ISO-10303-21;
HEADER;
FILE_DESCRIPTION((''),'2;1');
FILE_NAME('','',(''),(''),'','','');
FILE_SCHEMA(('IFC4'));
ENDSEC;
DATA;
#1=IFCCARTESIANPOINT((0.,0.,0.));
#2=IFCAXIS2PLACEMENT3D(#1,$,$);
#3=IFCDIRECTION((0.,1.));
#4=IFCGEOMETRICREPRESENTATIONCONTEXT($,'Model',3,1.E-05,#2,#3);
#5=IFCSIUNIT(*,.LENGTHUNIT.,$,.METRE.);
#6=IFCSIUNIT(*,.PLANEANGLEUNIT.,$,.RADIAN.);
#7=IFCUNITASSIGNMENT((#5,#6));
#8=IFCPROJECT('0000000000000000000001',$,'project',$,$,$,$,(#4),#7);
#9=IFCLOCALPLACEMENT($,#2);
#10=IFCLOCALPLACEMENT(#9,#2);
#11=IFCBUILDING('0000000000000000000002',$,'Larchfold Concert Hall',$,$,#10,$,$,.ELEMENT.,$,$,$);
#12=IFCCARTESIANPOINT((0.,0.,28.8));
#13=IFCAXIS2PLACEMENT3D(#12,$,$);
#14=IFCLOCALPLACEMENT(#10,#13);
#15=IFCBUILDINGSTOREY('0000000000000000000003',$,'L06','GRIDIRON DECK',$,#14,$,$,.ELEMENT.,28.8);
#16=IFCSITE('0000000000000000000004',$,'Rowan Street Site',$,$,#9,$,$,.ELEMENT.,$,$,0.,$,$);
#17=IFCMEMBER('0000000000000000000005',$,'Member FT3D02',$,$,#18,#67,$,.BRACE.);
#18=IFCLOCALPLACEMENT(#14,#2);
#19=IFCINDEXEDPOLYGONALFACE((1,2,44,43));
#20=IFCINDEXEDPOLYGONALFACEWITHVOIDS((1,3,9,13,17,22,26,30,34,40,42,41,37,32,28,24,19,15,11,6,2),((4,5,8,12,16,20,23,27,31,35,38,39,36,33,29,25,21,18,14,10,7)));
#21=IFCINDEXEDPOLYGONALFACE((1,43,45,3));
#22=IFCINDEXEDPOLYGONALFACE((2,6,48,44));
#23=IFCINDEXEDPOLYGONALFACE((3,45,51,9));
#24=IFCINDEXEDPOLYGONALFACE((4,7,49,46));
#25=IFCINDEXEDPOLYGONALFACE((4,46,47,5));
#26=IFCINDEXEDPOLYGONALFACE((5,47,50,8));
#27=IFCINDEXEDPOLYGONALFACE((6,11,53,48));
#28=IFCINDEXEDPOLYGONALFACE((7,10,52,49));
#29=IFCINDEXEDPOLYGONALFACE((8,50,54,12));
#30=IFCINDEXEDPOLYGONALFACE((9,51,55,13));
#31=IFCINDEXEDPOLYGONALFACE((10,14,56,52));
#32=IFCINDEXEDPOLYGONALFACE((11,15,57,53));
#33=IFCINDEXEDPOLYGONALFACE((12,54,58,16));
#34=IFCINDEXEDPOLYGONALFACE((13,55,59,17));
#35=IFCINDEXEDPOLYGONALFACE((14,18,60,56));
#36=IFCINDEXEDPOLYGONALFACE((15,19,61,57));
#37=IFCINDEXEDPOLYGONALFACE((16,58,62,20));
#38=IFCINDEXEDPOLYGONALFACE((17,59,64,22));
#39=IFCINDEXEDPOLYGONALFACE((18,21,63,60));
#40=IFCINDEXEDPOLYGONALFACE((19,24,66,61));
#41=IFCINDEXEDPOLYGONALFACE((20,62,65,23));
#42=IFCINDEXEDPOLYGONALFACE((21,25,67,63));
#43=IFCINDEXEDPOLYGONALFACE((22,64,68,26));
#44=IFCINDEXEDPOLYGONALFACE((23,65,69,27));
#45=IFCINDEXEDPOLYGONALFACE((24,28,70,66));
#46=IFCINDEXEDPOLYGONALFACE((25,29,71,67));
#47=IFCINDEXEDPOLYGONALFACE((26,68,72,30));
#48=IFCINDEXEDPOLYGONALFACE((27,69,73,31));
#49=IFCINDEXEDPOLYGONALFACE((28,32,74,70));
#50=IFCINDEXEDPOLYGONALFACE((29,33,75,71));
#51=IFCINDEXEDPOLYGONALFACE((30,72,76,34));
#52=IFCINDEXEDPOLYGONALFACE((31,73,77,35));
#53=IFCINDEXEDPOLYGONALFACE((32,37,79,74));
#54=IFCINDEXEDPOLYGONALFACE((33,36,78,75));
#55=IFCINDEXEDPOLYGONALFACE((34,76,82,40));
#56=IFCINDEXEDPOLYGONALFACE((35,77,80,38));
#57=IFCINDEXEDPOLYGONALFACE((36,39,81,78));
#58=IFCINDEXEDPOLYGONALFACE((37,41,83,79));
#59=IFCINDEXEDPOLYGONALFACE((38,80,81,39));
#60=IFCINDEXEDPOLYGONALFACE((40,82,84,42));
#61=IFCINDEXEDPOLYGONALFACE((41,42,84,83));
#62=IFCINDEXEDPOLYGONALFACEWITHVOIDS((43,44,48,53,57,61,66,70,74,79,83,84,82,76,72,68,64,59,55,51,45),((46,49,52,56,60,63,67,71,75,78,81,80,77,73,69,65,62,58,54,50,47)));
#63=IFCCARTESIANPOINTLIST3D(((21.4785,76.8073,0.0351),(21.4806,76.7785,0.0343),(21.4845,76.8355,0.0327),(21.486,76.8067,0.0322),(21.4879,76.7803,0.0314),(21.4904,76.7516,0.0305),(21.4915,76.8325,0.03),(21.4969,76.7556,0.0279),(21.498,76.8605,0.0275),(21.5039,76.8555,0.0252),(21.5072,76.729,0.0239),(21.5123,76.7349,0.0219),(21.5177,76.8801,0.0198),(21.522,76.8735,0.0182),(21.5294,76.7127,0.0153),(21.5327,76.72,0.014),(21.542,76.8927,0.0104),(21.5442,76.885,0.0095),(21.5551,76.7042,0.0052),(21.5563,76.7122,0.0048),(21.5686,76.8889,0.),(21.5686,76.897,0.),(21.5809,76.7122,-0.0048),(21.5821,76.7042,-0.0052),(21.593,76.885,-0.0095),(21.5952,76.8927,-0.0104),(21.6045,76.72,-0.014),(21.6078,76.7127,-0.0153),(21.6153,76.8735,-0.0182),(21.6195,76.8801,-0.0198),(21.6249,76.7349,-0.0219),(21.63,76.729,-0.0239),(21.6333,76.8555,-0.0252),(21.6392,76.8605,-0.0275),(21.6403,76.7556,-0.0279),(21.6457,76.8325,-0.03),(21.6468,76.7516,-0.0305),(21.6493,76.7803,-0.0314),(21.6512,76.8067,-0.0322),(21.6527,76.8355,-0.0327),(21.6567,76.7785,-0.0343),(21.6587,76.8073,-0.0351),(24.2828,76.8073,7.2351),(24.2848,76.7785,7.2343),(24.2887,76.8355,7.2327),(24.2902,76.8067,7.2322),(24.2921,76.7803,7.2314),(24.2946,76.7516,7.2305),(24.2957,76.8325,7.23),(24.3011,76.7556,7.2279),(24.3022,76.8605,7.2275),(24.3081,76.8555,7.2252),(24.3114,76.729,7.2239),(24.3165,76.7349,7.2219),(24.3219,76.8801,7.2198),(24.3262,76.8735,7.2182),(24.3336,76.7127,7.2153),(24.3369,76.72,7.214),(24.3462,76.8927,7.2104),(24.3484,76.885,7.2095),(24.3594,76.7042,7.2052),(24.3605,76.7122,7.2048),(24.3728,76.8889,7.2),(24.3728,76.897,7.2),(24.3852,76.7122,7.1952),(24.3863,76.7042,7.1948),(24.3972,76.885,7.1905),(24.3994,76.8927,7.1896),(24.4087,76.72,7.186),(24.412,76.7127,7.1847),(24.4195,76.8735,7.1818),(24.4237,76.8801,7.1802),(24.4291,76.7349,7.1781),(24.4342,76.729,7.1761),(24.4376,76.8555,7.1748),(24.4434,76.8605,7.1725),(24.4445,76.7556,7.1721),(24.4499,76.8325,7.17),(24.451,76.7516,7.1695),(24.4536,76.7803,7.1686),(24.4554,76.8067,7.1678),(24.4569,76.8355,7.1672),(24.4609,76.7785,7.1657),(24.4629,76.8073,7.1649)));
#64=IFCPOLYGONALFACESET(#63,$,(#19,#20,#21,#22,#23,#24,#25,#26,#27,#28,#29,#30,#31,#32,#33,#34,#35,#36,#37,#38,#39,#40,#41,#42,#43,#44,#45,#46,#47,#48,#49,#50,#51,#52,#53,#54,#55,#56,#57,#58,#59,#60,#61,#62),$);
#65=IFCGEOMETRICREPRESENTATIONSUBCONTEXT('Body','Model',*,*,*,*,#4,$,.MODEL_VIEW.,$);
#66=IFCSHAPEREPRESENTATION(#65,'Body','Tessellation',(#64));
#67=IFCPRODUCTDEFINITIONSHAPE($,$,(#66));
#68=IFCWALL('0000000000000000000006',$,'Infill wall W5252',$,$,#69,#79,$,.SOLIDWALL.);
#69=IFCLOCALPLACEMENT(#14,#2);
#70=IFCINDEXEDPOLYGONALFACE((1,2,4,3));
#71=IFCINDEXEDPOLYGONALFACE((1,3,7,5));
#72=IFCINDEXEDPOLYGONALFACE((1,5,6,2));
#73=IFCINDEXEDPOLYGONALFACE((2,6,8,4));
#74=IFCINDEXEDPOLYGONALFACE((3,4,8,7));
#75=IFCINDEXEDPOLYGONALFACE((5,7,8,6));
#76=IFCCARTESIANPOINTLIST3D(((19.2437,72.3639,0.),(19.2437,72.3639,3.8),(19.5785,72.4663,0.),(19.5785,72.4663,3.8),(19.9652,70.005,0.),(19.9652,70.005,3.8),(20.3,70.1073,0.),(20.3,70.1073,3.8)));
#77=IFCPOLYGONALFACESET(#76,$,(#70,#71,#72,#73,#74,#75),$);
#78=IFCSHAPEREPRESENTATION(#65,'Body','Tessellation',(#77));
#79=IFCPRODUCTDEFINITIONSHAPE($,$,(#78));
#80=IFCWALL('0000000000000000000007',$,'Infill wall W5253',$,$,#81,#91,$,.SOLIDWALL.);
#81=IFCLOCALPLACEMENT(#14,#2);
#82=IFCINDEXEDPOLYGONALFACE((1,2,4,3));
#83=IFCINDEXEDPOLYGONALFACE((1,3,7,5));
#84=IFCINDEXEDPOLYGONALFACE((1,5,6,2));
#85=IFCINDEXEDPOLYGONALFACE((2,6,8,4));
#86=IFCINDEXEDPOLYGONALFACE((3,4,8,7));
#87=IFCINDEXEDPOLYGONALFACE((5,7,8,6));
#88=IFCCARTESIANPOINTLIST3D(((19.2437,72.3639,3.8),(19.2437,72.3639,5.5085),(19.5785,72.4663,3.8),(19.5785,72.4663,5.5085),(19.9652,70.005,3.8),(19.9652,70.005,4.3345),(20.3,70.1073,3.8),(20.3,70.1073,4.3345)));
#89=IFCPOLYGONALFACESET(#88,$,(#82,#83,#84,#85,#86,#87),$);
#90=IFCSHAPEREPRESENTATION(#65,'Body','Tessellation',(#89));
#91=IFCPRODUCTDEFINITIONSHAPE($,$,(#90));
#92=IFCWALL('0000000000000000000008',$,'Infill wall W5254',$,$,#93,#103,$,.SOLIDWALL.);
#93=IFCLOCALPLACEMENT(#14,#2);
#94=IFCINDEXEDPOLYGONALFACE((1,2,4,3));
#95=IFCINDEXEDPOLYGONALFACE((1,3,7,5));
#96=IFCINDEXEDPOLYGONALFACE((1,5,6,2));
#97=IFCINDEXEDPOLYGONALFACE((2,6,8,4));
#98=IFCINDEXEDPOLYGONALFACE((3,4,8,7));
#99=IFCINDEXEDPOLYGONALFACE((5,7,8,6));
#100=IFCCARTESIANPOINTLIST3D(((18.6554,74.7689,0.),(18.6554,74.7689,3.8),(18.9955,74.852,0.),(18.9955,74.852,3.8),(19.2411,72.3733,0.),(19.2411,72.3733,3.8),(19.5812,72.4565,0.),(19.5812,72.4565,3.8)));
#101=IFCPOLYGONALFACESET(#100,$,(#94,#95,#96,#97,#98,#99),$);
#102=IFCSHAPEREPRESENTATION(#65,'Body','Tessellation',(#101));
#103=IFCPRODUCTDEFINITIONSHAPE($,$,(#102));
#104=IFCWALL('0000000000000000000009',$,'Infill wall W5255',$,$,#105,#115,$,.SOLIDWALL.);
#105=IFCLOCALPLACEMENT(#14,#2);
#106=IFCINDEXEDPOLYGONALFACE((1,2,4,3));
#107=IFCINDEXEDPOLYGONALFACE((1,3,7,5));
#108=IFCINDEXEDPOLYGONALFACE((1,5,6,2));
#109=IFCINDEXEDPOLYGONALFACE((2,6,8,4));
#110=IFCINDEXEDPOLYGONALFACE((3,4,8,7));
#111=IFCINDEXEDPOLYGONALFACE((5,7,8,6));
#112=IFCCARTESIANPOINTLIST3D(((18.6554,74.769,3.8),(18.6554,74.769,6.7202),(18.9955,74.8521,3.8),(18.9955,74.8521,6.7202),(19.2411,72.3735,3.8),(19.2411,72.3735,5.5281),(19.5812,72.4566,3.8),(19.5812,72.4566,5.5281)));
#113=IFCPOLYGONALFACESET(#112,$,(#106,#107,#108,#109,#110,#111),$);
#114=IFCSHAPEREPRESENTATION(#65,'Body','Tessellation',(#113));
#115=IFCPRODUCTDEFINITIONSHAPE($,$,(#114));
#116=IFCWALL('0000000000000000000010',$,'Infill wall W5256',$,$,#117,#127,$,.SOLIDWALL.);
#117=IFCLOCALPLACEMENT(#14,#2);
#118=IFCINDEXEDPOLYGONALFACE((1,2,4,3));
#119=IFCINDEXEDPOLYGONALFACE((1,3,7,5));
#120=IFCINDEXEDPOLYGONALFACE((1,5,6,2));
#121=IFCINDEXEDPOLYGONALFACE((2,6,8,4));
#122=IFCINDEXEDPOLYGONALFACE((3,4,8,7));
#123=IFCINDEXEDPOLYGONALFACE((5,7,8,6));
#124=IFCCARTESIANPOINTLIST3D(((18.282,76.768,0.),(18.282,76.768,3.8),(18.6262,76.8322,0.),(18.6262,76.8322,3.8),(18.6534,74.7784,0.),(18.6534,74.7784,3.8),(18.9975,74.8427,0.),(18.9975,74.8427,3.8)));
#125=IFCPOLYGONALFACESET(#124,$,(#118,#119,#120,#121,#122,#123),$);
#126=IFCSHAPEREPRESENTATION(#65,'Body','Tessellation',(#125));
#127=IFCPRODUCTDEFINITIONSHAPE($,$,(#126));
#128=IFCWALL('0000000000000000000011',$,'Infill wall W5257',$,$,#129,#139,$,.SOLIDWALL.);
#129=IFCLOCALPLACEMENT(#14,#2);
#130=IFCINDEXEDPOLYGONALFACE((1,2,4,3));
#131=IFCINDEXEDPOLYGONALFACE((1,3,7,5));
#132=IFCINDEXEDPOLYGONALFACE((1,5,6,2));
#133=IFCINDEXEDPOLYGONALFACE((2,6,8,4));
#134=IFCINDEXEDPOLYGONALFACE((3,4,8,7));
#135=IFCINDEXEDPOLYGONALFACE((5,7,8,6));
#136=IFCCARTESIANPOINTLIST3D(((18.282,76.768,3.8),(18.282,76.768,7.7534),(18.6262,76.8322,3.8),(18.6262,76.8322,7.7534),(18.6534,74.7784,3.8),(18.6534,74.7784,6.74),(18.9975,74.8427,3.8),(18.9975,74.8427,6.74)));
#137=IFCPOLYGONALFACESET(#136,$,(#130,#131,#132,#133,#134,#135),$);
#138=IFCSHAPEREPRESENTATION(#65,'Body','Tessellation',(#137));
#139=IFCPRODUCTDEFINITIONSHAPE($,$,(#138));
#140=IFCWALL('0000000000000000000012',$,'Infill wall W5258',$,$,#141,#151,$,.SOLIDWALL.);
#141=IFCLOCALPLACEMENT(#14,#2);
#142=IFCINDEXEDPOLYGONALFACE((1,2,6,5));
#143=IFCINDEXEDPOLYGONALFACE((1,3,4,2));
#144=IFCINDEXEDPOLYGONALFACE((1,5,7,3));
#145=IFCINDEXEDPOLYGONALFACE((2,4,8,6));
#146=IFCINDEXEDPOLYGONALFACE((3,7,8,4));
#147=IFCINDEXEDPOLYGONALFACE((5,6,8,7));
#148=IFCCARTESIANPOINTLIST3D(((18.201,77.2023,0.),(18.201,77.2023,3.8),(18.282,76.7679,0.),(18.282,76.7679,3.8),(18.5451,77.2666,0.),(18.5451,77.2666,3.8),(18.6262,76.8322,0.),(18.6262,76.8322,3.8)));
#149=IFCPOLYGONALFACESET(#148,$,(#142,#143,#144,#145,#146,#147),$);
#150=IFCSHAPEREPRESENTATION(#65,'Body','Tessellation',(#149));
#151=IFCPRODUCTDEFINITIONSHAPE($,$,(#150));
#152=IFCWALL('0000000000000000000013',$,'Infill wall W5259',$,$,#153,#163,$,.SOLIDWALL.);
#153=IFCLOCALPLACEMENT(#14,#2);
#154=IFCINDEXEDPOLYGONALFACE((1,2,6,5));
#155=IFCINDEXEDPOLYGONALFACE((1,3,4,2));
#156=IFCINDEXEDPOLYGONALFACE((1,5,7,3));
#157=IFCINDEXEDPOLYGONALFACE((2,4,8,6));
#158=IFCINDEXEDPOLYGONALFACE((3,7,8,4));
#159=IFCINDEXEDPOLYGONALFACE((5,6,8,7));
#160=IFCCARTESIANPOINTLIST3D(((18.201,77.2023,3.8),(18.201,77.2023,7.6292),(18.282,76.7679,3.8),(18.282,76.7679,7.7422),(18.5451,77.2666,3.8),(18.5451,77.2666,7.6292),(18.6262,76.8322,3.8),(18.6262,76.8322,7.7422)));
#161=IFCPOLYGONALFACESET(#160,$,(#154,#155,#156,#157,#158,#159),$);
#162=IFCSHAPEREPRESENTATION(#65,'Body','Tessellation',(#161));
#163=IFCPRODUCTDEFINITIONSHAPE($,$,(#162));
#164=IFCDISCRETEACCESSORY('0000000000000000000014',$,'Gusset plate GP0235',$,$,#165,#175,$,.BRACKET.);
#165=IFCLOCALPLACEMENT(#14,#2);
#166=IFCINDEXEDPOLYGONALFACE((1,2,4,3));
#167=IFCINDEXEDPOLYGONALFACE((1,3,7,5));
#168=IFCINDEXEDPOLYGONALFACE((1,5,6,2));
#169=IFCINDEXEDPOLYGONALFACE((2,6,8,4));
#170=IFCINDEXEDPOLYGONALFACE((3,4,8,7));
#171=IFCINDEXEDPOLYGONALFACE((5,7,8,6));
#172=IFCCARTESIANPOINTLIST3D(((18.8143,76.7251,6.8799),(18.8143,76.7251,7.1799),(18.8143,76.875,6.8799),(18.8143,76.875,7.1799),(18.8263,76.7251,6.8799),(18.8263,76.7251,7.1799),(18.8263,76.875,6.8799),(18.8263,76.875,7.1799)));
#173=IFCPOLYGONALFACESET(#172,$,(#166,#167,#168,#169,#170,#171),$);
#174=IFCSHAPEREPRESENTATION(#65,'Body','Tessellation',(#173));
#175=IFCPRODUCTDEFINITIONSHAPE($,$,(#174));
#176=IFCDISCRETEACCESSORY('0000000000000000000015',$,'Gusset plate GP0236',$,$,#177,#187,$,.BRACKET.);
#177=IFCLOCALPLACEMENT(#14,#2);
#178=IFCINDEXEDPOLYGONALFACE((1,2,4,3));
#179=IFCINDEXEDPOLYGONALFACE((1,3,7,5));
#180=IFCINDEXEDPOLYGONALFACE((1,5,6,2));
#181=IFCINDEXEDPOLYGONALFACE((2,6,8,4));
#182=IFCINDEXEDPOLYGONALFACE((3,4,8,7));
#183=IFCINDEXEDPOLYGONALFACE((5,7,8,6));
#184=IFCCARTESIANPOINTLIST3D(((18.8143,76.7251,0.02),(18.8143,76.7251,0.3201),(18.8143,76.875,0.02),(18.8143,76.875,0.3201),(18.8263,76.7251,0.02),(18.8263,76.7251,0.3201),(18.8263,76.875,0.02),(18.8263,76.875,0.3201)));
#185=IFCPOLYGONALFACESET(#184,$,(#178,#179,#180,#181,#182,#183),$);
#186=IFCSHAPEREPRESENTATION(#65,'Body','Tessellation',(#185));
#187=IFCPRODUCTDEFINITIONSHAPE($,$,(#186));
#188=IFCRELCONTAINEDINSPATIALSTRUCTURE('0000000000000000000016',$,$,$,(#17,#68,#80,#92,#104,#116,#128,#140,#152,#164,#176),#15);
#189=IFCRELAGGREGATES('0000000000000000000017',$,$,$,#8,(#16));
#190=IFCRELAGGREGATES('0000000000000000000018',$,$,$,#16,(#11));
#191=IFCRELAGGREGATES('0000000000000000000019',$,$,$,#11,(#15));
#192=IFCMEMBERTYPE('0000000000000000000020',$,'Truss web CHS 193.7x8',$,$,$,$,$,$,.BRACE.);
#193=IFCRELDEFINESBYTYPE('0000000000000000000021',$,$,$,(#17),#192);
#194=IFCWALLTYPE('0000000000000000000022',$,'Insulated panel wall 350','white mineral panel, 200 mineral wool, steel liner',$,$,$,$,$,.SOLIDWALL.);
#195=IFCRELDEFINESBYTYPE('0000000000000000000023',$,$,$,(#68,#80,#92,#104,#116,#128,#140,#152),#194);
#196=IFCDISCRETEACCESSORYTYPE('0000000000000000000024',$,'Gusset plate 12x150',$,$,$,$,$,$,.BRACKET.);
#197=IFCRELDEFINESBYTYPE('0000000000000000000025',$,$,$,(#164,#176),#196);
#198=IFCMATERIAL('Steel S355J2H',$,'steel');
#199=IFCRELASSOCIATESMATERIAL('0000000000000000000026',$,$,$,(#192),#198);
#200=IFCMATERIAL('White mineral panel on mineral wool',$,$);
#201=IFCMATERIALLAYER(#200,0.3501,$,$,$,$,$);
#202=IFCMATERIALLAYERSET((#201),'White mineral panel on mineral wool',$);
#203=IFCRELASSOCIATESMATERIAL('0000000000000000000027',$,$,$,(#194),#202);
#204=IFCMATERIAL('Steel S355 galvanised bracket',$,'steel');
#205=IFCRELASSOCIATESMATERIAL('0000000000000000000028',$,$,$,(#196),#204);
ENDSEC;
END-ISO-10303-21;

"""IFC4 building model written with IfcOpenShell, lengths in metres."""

from ifc_helpers import new_model, si_unit, direction, frame, frame_2d, origin, origin_2d, place, context, subcontext, project, spatial, polyline, rectangle, hollow_circle, outline, extrude, material, layer, layer_set, material_profile, profile_set, type_object, element, save


model = new_model("IFC4")

# Units and contexts
model_context = context("Model", 3, precision=1e-05, world=origin(), true_north=direction((0.0, 1.0)))
body_context = subcontext(model_context, "Body", "Model", "MODEL_VIEW")
ifc_project = project(units=[si_unit("LENGTHUNIT", "METRE"), si_unit("PLANEANGLEUNIT", "RADIAN")], contexts=[model_context])

# Site, building, storey
site_placement = place(None, origin())
site = spatial("IfcSite", under=ifc_project, at=site_placement, Name="Rowan Street Site", CompositionType="ELEMENT", RefElevation=0.0)
building_placement = place(site_placement, origin())
building = spatial("IfcBuilding", under=site, at=building_placement, Name="Larchfold Concert Hall", CompositionType="ELEMENT")
storey_placement = place(building_placement, frame((0.0, 0.0, 28.8)))
storey = spatial("IfcBuildingStorey", under=building, at=storey_placement, Name="L06", Description="GRIDIRON DECK", CompositionType="ELEMENT", Elevation=28.8)

# Member
ifc_material_1 = material(Name="Steel S355J2H", Category="steel")
ifc_material_profile_1 = material_profile(ifc_material_1, hollow_circle(Radius=0.0969, WallThickness=0.0081, at=origin_2d()))
ifc_profile_set_1 = profile_set([ifc_material_profile_1], Name="Steel S355J2H")
member_type_1 = type_object("IfcMemberType", Name="Truss web CHS 193.7x8", PredefinedType="BRACE", material=ifc_profile_set_1)
for number, where, z_axis, x_axis, name in (
    (1, (21.5686, 76.8, 0.0), (0.36292, 0.0, 0.93182), (0.0, 1.0, 0.0), "Member FT3D02"),
):
    element("IfcMember", number, at=place(storey_placement, frame(where, z_axis=z_axis, x_axis=x_axis)), inside=storey, type_object=member_type_1, Name=name, PredefinedType="BRACE", context=body_context, shape_type="SweptSolid", body=[
        extrude(hollow_circle(Radius=0.0969, WallThickness=0.0081, at=origin_2d()), origin(), (0.0, 0.0, 1.0), 7.7268),
    ])

# Walls
ifc_material_2 = material(Name="White mineral panel on mineral wool")
ifc_layer = layer(ifc_material_2, 0.3501)
ifc_layer_set = layer_set([ifc_layer], Name="White mineral panel on mineral wool")
wall_type = type_object("IfcWallType", Name="Insulated panel wall 350", Description="white mineral panel, 200 mineral wool, steel liner", PredefinedType="SOLIDWALL", material=ifc_layer_set)
wall_1_placement = place(storey_placement, frame((20.1326, 70.0562, 0.0), z_axis=(0.0, 0.0, 1.0), x_axis=(-0.292465, 0.956276, 0.0)))
element("IfcWall", 2, at=wall_1_placement, inside=storey, type_object=wall_type, Name="Infill wall W5252", PredefinedType="SOLIDWALL", context=body_context, shape_type="SweptSolid", body=[
    extrude(rectangle(XDim=2.4668, YDim=0.3501, at=frame_2d((1.2334, 0.0))), origin(), (0.0, 0.0, 1.0), 3.8),
])
wall_2_placement = place(storey_placement, frame((20.1326, 70.0562, 3.8), z_axis=(0.0, 0.0, 1.0), x_axis=(-0.292465, 0.956276, 0.0)))
element("IfcWall", 3, at=wall_2_placement, inside=storey, type_object=wall_type, Name="Infill wall W5253", PredefinedType="SOLIDWALL", context=body_context, shape_type="SweptSolid", body=[
    extrude(outline(polyline([(0.0, 0.0), (2.4668, 0.0), (2.4668, 1.7085), (0.0, 0.5344), (0.0, 0.0)])), frame((0.0, 0.175, 0.0), z_axis=(0.0, -1.0, 0.0), x_axis=(1.0, 0.0, 0.0)), (0.0, 0.0, 1.0), 0.3501),
])
wall_3_placement = place(storey_placement, frame((19.4111, 72.415, 0.0), z_axis=(0.0, 0.0, 1.0), x_axis=(-0.237501, 0.971387, 0.0)))
element("IfcWall", 4, at=wall_3_placement, inside=storey, type_object=wall_type, Name="Infill wall W5254", PredefinedType="SOLIDWALL", context=body_context, shape_type="SweptSolid", body=[
    extrude(rectangle(XDim=2.4661, YDim=0.3501, at=frame_2d((1.2329, 0.0))), origin(), (0.0, 0.0, 1.0), 3.8),
])
wall_4_placement = place(storey_placement, frame((19.4111, 72.415, 3.8), z_axis=(0.0, 0.0, 1.0), x_axis=(-0.237501, 0.971387, 0.0)))
element("IfcWall", 5, at=wall_4_placement, inside=storey, type_object=wall_type, Name="Infill wall W5255", PredefinedType="SOLIDWALL", context=body_context, shape_type="SweptSolid", body=[
    extrude(outline(polyline([(0.0, 0.0), (2.4661, 0.0), (2.4661, 2.9202), (0.0, 1.728), (0.0, 0.0)])), frame((0.0, 0.175, 0.0), z_axis=(0.0, -1.0, 0.0), x_axis=(1.0, 0.0, 0.0)), (0.0, 0.0, 1.0), 0.3501),
])
wall_5_placement = place(storey_placement, frame((18.8254, 74.8105, 0.0), z_axis=(0.0, 0.0, 1.0), x_axis=(-0.18348, 0.983023, 0.0)))
element("IfcWall", 6, at=wall_5_placement, inside=storey, type_object=wall_type, Name="Infill wall W5256", PredefinedType="SOLIDWALL", context=body_context, shape_type="SweptSolid", body=[
    extrude(rectangle(XDim=2.0239, YDim=0.3501, at=frame_2d((1.012, 0.0))), origin(), (0.0, 0.0, 1.0), 3.8),
])
wall_6_placement = place(storey_placement, frame((18.8254, 74.8105, 3.8), z_axis=(0.0, 0.0, 1.0), x_axis=(-0.18348, 0.983023, 0.0)))
element("IfcWall", 7, at=wall_6_placement, inside=storey, type_object=wall_type, Name="Infill wall W5257", PredefinedType="SOLIDWALL", context=body_context, shape_type="SweptSolid", body=[
    extrude(outline(polyline([(0.0, 0.0), (2.0239, 0.0), (2.0239, 3.9534), (0.0, 2.9399), (0.0, 0.0)])), frame((0.0, 0.175, 0.0), z_axis=(0.0, -1.0, 0.0), x_axis=(1.0, 0.0, 0.0)), (0.0, 0.0, 1.0), 0.3501),
])
wall_7_placement = place(storey_placement, frame((18.4541, 76.8, 0.0), z_axis=(0.0, 0.0, 1.0), x_axis=(-0.183454, 0.983028, 0.0)))
element("IfcWall", 8, at=wall_7_placement, inside=storey, type_object=wall_type, Name="Infill wall W5258", PredefinedType="SOLIDWALL", context=body_context, shape_type="SweptSolid", body=[
    extrude(rectangle(XDim=0.4419, YDim=0.3501, at=frame_2d((0.2209, 0.0))), origin(), (0.0, 0.0, 1.0), 3.8),
])
wall_8_placement = place(storey_placement, frame((18.4541, 76.8, 3.8), z_axis=(0.0, 0.0, 1.0), x_axis=(-0.183454, 0.983028, 0.0)))
element("IfcWall", 9, at=wall_8_placement, inside=storey, type_object=wall_type, Name="Infill wall W5259", PredefinedType="SOLIDWALL", context=body_context, shape_type="SweptSolid", body=[
    extrude(outline(polyline([(0.0, 0.0), (0.4419, 0.0), (0.4419, 3.8291), (0.0, 3.9421), (0.0, 0.0)])), frame((0.0, 0.175, 0.0), z_axis=(0.0, -1.0, 0.0), x_axis=(1.0, 0.0, 0.0)), (0.0, 0.0, 1.0), 0.3501),
])

# Discrete accessories
ifc_material_3 = material(Name="Steel S355 galvanised bracket", Category="steel")
ifc_material_profile_2 = material_profile(ifc_material_3, rectangle(XDim=0.012, YDim=0.1499, at=origin_2d()))
ifc_profile_set_2 = profile_set([ifc_material_profile_2], Name="Steel S355 galvanised bracket")
discrete_accessory_type_1 = type_object("IfcDiscreteAccessoryType", Name="Gusset plate 12x150", PredefinedType="BRACKET", material=ifc_profile_set_2)
for number, where, z_axis, x_axis, name in (
    (10, (18.8203, 76.8, 7.1799), (0.0, 0.0, -1.0), (1.0, 0.0, 0.0), "Gusset plate GP0235"),
    (11, (18.8203, 76.8, 0.3201), (0.0, 0.0, -1.0), (1.0, 0.0, 0.0), "Gusset plate GP0236"),
):
    element("IfcDiscreteAccessory", number, at=place(storey_placement, frame(where, z_axis=z_axis, x_axis=x_axis)), inside=storey, type_object=discrete_accessory_type_1, Name=name, PredefinedType="BRACKET", context=body_context, shape_type="SweptSolid", body=[
        extrude(rectangle(XDim=0.012, YDim=0.1499, at=origin_2d()), origin(), (0.0, 0.0, 1.0), 0.3),
    ])

save(model, "model.ifc")
